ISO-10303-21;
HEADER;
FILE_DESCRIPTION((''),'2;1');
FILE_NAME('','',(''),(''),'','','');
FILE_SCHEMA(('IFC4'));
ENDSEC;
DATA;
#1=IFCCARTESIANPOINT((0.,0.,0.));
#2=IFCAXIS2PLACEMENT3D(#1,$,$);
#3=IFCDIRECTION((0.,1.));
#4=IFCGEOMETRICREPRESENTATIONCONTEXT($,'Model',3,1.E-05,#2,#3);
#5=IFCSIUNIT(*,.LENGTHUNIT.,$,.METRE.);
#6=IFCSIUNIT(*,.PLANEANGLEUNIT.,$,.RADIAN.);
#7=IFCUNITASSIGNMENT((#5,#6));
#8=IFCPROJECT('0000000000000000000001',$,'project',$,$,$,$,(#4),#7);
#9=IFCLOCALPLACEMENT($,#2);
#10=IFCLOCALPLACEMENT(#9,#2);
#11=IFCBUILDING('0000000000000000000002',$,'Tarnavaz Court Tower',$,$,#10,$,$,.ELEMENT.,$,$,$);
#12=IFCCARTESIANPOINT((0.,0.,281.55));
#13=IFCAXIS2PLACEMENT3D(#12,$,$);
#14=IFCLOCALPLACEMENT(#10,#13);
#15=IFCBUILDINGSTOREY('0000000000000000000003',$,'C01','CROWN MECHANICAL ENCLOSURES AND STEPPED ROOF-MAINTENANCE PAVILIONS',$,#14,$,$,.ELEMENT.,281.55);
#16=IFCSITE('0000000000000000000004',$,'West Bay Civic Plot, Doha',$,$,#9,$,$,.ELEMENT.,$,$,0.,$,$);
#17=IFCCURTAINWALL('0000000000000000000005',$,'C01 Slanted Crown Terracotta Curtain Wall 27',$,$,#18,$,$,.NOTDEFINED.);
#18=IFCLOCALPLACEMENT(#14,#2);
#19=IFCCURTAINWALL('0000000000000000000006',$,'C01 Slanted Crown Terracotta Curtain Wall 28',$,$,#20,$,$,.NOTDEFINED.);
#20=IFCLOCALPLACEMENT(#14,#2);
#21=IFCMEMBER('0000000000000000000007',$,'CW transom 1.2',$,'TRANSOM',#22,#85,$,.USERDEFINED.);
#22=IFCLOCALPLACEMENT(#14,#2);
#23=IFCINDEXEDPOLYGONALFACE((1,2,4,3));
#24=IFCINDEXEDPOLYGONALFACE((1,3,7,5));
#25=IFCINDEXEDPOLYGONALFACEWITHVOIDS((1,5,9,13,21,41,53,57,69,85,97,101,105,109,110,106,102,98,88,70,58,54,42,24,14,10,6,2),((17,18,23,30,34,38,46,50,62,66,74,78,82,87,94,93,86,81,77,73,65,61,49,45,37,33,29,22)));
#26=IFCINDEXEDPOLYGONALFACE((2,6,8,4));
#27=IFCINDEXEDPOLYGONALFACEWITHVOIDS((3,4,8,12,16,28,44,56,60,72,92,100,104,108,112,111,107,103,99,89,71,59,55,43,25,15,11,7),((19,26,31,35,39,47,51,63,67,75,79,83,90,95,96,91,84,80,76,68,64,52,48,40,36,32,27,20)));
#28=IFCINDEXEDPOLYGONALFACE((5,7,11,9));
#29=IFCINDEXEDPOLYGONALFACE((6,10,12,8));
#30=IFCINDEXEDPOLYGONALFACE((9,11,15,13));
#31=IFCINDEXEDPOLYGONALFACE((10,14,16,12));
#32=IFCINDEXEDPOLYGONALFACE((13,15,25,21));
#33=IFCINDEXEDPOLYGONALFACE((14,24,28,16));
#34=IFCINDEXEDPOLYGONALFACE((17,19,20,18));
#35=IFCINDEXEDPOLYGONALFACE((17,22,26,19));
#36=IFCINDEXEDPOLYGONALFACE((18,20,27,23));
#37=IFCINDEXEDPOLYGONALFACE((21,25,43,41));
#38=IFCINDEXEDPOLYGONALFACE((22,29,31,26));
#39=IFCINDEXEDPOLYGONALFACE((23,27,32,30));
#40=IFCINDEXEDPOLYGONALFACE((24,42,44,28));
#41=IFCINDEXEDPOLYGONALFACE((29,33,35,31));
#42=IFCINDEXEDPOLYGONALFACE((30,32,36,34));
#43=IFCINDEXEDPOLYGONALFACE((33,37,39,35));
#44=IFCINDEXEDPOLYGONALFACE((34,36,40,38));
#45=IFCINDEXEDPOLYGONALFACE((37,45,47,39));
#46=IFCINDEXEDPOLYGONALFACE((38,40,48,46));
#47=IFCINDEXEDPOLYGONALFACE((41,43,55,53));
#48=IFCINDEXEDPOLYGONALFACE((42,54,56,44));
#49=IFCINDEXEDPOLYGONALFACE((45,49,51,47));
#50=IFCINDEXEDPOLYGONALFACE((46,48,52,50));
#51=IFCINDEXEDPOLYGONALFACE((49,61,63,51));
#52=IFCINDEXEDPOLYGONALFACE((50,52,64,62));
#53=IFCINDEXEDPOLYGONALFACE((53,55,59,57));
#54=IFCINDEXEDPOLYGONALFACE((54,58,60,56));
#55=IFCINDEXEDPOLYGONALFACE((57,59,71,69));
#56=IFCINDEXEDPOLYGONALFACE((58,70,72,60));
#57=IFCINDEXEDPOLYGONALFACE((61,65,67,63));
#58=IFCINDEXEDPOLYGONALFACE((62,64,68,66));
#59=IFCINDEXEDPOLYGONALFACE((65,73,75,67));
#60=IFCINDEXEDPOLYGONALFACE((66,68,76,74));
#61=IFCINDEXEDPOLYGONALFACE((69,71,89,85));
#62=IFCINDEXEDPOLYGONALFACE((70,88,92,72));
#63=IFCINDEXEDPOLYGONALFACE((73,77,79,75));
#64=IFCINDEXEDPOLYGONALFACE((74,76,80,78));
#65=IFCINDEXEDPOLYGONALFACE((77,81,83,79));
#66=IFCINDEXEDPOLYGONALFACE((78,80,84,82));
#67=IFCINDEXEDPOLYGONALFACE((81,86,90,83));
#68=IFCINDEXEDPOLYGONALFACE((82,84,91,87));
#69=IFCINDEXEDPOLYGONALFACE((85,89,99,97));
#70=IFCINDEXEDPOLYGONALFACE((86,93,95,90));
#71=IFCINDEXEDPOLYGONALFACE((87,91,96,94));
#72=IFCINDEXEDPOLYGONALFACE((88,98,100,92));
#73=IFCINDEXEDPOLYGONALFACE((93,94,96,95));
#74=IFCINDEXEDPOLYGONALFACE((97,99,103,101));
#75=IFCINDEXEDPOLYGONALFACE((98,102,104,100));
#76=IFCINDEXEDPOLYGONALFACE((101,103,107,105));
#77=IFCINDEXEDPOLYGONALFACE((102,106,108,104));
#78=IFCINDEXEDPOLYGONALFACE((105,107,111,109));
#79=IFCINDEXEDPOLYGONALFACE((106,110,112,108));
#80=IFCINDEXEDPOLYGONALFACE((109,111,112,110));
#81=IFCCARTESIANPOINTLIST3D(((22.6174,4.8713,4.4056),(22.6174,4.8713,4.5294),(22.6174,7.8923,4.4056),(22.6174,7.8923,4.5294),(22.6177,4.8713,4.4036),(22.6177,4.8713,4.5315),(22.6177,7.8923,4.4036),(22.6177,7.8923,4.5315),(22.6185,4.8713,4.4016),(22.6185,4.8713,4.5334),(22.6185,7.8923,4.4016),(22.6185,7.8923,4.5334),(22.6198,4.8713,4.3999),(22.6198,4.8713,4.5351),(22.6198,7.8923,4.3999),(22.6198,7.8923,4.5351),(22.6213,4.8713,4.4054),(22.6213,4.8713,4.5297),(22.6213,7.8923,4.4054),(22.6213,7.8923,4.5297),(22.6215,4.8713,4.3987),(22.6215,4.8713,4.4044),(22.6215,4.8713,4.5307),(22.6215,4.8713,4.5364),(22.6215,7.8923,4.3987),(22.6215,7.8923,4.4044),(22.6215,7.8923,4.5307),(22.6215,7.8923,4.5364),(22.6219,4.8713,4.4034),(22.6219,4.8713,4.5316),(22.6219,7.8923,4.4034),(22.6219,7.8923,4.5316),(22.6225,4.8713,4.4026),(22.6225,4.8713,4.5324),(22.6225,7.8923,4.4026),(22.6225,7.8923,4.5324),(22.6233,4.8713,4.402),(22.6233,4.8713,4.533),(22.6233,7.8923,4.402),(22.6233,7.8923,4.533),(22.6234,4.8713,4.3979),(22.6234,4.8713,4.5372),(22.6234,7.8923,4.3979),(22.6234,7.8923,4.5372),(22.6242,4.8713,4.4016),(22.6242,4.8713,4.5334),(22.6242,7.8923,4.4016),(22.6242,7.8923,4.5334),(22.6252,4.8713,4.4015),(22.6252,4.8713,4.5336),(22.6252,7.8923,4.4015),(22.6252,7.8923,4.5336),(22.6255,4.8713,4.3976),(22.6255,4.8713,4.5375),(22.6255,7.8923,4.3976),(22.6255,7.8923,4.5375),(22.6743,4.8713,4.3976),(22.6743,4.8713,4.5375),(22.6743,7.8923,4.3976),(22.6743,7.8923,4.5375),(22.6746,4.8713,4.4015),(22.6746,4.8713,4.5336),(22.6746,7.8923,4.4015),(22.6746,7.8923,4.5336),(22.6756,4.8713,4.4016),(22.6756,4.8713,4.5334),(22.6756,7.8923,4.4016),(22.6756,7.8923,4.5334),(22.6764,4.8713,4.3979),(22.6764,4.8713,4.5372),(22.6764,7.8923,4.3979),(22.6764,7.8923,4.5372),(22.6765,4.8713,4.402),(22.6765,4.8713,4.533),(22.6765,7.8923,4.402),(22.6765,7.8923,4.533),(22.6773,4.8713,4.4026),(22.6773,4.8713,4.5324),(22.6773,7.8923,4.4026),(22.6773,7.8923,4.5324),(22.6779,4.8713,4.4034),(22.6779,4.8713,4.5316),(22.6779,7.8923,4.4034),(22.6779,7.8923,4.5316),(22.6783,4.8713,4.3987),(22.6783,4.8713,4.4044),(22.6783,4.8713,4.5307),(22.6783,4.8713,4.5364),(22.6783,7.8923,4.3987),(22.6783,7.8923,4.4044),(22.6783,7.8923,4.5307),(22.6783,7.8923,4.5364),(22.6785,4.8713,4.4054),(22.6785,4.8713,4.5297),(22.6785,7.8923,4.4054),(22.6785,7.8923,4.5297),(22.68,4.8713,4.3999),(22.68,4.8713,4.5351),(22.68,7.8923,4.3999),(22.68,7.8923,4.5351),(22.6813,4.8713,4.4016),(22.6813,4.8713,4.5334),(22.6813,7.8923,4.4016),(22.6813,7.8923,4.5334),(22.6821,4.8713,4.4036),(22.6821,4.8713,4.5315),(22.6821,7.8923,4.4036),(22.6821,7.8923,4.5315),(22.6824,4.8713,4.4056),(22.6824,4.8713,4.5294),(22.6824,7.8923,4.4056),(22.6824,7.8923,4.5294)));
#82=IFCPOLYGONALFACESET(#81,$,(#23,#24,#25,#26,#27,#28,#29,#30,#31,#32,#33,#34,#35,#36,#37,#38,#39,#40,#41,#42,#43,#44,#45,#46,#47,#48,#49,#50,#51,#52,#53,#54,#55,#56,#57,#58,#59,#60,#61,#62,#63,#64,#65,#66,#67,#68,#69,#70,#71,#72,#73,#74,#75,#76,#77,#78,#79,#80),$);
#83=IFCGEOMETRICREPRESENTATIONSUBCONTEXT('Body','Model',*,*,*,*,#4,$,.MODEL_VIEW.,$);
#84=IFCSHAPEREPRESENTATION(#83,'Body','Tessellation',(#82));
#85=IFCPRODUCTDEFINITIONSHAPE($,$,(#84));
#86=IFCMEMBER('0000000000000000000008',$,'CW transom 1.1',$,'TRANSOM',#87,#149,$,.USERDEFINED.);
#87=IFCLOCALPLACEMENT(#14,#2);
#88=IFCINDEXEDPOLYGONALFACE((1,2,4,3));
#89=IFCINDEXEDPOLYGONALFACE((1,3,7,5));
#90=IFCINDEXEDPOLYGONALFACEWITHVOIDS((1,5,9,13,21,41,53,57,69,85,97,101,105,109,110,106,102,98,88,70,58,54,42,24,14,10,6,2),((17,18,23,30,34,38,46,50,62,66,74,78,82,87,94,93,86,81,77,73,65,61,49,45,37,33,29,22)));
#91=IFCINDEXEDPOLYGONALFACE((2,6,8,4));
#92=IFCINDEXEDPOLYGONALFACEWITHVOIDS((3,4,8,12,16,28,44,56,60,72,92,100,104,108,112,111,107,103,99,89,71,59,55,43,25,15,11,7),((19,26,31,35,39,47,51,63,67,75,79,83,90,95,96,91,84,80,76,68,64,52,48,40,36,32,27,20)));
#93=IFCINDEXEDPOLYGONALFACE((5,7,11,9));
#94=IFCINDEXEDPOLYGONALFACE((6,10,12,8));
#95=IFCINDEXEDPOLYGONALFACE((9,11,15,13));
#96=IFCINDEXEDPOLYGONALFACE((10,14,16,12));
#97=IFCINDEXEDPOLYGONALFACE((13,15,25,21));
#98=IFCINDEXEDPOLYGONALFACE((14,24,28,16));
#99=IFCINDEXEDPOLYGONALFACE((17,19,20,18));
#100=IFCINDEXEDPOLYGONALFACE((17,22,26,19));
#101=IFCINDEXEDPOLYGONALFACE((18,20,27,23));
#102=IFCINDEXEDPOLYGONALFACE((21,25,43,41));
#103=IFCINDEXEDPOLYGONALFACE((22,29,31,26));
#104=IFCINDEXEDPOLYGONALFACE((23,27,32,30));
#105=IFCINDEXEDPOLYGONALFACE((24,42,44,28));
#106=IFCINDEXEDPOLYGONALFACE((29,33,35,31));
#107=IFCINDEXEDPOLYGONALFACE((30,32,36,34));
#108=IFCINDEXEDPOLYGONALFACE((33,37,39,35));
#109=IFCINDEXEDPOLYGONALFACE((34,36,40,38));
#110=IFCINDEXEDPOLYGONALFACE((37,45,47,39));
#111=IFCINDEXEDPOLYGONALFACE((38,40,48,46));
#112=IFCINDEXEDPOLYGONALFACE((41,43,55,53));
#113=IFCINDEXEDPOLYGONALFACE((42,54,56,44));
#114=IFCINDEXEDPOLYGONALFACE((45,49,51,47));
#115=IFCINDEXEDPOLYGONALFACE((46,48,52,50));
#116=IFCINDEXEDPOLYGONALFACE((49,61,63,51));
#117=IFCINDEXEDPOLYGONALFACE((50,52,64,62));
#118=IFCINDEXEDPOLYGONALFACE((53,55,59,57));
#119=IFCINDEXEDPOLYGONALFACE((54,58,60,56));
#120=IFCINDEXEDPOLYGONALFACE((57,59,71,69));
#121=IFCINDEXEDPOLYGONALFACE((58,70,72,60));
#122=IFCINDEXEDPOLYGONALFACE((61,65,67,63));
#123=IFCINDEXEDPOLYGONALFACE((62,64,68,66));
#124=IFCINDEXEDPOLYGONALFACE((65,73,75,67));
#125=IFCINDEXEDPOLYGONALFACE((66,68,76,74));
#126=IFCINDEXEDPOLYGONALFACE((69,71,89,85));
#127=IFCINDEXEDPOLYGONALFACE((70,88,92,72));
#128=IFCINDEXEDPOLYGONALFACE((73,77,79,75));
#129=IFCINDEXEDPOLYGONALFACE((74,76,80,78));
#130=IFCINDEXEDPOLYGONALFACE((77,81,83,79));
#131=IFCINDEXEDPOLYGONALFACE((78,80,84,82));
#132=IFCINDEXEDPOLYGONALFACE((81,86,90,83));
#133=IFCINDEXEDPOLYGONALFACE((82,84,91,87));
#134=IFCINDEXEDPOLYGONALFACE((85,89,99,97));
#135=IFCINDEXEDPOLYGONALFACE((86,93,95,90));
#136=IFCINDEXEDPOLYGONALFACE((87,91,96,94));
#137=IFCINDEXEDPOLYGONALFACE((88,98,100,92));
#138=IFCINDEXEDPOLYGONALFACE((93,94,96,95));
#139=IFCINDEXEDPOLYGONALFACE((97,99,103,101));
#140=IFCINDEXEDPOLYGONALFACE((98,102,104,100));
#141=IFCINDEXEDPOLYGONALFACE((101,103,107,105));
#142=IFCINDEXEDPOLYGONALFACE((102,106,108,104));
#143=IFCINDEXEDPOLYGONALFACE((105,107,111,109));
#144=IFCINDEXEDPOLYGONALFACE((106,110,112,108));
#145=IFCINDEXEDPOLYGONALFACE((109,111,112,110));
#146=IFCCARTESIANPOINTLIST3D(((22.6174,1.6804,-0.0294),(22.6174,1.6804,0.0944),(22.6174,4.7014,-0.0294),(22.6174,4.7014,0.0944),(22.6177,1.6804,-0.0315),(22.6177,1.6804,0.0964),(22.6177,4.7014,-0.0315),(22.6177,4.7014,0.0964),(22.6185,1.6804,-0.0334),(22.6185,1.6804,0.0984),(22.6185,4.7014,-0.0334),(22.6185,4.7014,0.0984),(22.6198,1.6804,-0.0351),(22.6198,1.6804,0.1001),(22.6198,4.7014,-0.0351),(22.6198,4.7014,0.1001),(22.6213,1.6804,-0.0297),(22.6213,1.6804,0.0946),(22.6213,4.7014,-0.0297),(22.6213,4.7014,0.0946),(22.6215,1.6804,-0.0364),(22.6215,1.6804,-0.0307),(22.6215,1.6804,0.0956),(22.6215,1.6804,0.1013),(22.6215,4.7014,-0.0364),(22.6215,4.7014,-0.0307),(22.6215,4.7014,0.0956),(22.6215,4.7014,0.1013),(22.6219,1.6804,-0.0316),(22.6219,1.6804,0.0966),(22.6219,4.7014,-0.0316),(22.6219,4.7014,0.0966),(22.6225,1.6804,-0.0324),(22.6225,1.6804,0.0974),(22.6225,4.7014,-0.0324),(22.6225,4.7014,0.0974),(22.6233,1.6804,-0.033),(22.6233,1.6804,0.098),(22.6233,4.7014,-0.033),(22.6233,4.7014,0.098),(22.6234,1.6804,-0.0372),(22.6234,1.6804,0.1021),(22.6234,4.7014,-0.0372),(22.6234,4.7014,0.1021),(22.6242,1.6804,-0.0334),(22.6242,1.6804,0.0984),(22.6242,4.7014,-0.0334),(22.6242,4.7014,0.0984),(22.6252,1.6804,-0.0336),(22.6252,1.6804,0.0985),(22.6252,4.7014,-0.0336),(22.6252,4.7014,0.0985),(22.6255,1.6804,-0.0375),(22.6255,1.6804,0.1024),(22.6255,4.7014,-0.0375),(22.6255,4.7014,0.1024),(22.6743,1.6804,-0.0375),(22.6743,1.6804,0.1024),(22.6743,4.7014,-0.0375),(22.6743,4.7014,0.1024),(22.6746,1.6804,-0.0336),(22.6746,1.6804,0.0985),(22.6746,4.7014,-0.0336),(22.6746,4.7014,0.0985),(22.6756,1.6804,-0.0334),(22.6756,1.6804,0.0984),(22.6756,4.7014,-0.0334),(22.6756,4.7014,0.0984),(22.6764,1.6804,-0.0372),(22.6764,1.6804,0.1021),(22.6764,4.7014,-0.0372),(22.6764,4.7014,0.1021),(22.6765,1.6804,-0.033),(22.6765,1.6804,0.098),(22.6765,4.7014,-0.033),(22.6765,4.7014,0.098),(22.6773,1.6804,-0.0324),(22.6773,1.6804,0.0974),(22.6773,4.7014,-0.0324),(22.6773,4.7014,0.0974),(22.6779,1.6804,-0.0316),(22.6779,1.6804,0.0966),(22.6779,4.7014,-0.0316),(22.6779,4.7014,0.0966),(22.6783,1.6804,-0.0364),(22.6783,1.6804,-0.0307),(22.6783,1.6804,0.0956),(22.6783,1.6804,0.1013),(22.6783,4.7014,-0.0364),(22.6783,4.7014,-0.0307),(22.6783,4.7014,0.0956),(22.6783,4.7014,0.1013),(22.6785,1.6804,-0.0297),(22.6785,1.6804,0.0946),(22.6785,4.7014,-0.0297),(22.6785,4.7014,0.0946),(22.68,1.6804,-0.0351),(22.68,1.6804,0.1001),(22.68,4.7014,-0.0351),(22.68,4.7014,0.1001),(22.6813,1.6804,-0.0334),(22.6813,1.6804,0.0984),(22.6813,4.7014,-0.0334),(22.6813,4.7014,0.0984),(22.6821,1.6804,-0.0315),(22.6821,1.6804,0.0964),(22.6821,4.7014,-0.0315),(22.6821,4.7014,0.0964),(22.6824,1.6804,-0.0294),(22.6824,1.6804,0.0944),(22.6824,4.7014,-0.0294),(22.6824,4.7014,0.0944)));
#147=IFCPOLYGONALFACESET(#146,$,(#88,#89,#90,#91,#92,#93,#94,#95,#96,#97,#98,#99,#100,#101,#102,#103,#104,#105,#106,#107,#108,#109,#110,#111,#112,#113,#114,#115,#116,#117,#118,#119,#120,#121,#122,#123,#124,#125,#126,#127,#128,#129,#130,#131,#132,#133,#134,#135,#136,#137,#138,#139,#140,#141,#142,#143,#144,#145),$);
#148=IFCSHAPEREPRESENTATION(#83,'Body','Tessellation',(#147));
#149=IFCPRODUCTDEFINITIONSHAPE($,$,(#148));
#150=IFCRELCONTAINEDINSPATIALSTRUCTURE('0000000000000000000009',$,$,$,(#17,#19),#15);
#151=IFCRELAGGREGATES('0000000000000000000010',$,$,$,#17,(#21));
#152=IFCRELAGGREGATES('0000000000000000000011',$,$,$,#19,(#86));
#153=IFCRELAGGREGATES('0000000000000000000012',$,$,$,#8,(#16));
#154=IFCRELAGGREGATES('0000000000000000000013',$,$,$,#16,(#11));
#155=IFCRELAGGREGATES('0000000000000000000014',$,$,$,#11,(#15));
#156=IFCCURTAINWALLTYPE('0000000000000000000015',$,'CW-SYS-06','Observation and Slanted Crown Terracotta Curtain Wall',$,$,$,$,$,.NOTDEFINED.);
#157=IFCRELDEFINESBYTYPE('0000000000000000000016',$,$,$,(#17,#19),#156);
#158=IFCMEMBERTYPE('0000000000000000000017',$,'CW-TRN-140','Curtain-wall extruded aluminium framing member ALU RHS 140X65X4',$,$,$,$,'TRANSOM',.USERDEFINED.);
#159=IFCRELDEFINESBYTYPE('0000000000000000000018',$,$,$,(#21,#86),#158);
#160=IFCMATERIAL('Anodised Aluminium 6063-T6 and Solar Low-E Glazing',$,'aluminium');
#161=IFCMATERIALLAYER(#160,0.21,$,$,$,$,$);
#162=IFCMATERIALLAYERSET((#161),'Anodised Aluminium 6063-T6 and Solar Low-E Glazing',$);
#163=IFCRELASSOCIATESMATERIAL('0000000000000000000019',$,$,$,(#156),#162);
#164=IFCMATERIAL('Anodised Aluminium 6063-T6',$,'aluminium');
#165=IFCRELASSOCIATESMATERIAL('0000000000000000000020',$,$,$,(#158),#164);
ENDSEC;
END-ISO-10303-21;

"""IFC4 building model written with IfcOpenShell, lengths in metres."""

from ifc_helpers import new_model, si_unit, direction, frame, origin, origin_2d, place, context, subcontext, project, spatial, hollow_rectangle, extrude, material, layer, layer_set, material_profile, profile_set, type_object, element, aggregate, save


model = new_model("IFC4")

# Units and contexts
model_context = context("Model", 3, precision=1e-05, world=origin(), true_north=direction((0.0, 1.0)))
body_context = subcontext(model_context, "Body", "Model", "MODEL_VIEW")
ifc_project = project(units=[si_unit("LENGTHUNIT", "METRE"), si_unit("PLANEANGLEUNIT", "RADIAN")], contexts=[model_context])

# Site, building, storey
site_placement = place(None, origin())
site = spatial("IfcSite", under=ifc_project, at=site_placement, Name="West Bay Civic Plot, Doha", CompositionType="ELEMENT", RefElevation=0.0)
building_placement = place(site_placement, origin())
building = spatial("IfcBuilding", under=site, at=building_placement, Name="Tarnavaz Court Tower", CompositionType="ELEMENT")
storey_placement = place(building_placement, frame((0.0, 0.0, 281.55)))
storey = spatial("IfcBuildingStorey", under=building, at=storey_placement, Name="C01", Description="CROWN MECHANICAL ENCLOSURES AND STEPPED ROOF-MAINTENANCE PAVILIONS", CompositionType="ELEMENT", Elevation=281.55)

# Shared definitions
ifc_material_1 = material(Name="Anodised Aluminium 6063-T6 and Solar Low-E Glazing", Category="aluminium")
ifc_layer_1 = layer(ifc_material_1, 0.21)
ifc_layer_set_1 = layer_set([ifc_layer_1], Name="Anodised Aluminium 6063-T6 and Solar Low-E Glazing")
curtain_wall_type = type_object("IfcCurtainWallType", Name="CW-SYS-06", Description="Observation and Slanted Crown Terracotta Curtain Wall", PredefinedType="NOTDEFINED", material=ifc_layer_set_1)
ifc_material_2 = material(Name="Anodised Aluminium 6063-T6", Category="aluminium")

# Curtain walls
curtain_wall_1_placement = place(storey_placement, origin())
curtain_wall_1 = element("IfcCurtainWall", 1, at=curtain_wall_1_placement, inside=storey, type_object=curtain_wall_type, Name="C01 Slanted Crown Terracotta Curtain Wall 27", PredefinedType="NOTDEFINED")
curtain_wall_2_placement = place(storey_placement, origin())
curtain_wall_2 = element("IfcCurtainWall", 2, at=curtain_wall_2_placement, inside=storey, type_object=curtain_wall_type, Name="C01 Slanted Crown Terracotta Curtain Wall 28", PredefinedType="NOTDEFINED")

# Members
ifc_material_profile_1 = material_profile(ifc_material_2, hollow_rectangle(XDim=0.0649, YDim=0.1399, WallThickness=0.0039, InnerFilletRadius=0.0039, OuterFilletRadius=0.0081, at=origin_2d()), Name="ALU RHS 140X65X4")
ifc_profile_set_1 = profile_set([ifc_material_profile_1], Name="Anodised Aluminium 6063-T6")
member_type_1 = type_object("IfcMemberType", Name="CW-TRN-140", Description="Curtain-wall extruded aluminium framing member ALU RHS 140X65X4", ElementType="TRANSOM", PredefinedType="USERDEFINED", material=ifc_profile_set_1)
member_1_placement = place(storey_placement, frame((22.6499, 7.8923, 4.4675), z_axis=(0.0, -1.0, 0.0), x_axis=(1.0, 0.0, 0.0)))
member_1 = element("IfcMember", 3, at=member_1_placement, type_object=member_type_1, Name="CW transom 1.2", ObjectType="TRANSOM", PredefinedType="USERDEFINED", context=body_context, shape_type="SweptSolid", body=[
    extrude(hollow_rectangle(XDim=0.0649, YDim=0.1399, WallThickness=0.0039, InnerFilletRadius=0.0039, OuterFilletRadius=0.0081, at=origin_2d()), origin(), (0.0, 0.0, 1.0), 3.021),
])
member_2_placement = place(storey_placement, frame((22.6499, 4.7014, 0.0325), z_axis=(0.0, -1.0, 0.0), x_axis=(1.0, 0.0, 0.0)))
member_2 = element("IfcMember", 4, at=member_2_placement, type_object=member_type_1, Name="CW transom 1.1", ObjectType="TRANSOM", PredefinedType="USERDEFINED", context=body_context, shape_type="SweptSolid", body=[
    extrude(hollow_rectangle(XDim=0.0649, YDim=0.1399, WallThickness=0.0039, InnerFilletRadius=0.0039, OuterFilletRadius=0.0081, at=origin_2d()), origin(), (0.0, 0.0, 1.0), 3.021),
])

aggregate(curtain_wall_1, [member_1])
aggregate(curtain_wall_2, [member_2])

save(model, "model.ifc")
